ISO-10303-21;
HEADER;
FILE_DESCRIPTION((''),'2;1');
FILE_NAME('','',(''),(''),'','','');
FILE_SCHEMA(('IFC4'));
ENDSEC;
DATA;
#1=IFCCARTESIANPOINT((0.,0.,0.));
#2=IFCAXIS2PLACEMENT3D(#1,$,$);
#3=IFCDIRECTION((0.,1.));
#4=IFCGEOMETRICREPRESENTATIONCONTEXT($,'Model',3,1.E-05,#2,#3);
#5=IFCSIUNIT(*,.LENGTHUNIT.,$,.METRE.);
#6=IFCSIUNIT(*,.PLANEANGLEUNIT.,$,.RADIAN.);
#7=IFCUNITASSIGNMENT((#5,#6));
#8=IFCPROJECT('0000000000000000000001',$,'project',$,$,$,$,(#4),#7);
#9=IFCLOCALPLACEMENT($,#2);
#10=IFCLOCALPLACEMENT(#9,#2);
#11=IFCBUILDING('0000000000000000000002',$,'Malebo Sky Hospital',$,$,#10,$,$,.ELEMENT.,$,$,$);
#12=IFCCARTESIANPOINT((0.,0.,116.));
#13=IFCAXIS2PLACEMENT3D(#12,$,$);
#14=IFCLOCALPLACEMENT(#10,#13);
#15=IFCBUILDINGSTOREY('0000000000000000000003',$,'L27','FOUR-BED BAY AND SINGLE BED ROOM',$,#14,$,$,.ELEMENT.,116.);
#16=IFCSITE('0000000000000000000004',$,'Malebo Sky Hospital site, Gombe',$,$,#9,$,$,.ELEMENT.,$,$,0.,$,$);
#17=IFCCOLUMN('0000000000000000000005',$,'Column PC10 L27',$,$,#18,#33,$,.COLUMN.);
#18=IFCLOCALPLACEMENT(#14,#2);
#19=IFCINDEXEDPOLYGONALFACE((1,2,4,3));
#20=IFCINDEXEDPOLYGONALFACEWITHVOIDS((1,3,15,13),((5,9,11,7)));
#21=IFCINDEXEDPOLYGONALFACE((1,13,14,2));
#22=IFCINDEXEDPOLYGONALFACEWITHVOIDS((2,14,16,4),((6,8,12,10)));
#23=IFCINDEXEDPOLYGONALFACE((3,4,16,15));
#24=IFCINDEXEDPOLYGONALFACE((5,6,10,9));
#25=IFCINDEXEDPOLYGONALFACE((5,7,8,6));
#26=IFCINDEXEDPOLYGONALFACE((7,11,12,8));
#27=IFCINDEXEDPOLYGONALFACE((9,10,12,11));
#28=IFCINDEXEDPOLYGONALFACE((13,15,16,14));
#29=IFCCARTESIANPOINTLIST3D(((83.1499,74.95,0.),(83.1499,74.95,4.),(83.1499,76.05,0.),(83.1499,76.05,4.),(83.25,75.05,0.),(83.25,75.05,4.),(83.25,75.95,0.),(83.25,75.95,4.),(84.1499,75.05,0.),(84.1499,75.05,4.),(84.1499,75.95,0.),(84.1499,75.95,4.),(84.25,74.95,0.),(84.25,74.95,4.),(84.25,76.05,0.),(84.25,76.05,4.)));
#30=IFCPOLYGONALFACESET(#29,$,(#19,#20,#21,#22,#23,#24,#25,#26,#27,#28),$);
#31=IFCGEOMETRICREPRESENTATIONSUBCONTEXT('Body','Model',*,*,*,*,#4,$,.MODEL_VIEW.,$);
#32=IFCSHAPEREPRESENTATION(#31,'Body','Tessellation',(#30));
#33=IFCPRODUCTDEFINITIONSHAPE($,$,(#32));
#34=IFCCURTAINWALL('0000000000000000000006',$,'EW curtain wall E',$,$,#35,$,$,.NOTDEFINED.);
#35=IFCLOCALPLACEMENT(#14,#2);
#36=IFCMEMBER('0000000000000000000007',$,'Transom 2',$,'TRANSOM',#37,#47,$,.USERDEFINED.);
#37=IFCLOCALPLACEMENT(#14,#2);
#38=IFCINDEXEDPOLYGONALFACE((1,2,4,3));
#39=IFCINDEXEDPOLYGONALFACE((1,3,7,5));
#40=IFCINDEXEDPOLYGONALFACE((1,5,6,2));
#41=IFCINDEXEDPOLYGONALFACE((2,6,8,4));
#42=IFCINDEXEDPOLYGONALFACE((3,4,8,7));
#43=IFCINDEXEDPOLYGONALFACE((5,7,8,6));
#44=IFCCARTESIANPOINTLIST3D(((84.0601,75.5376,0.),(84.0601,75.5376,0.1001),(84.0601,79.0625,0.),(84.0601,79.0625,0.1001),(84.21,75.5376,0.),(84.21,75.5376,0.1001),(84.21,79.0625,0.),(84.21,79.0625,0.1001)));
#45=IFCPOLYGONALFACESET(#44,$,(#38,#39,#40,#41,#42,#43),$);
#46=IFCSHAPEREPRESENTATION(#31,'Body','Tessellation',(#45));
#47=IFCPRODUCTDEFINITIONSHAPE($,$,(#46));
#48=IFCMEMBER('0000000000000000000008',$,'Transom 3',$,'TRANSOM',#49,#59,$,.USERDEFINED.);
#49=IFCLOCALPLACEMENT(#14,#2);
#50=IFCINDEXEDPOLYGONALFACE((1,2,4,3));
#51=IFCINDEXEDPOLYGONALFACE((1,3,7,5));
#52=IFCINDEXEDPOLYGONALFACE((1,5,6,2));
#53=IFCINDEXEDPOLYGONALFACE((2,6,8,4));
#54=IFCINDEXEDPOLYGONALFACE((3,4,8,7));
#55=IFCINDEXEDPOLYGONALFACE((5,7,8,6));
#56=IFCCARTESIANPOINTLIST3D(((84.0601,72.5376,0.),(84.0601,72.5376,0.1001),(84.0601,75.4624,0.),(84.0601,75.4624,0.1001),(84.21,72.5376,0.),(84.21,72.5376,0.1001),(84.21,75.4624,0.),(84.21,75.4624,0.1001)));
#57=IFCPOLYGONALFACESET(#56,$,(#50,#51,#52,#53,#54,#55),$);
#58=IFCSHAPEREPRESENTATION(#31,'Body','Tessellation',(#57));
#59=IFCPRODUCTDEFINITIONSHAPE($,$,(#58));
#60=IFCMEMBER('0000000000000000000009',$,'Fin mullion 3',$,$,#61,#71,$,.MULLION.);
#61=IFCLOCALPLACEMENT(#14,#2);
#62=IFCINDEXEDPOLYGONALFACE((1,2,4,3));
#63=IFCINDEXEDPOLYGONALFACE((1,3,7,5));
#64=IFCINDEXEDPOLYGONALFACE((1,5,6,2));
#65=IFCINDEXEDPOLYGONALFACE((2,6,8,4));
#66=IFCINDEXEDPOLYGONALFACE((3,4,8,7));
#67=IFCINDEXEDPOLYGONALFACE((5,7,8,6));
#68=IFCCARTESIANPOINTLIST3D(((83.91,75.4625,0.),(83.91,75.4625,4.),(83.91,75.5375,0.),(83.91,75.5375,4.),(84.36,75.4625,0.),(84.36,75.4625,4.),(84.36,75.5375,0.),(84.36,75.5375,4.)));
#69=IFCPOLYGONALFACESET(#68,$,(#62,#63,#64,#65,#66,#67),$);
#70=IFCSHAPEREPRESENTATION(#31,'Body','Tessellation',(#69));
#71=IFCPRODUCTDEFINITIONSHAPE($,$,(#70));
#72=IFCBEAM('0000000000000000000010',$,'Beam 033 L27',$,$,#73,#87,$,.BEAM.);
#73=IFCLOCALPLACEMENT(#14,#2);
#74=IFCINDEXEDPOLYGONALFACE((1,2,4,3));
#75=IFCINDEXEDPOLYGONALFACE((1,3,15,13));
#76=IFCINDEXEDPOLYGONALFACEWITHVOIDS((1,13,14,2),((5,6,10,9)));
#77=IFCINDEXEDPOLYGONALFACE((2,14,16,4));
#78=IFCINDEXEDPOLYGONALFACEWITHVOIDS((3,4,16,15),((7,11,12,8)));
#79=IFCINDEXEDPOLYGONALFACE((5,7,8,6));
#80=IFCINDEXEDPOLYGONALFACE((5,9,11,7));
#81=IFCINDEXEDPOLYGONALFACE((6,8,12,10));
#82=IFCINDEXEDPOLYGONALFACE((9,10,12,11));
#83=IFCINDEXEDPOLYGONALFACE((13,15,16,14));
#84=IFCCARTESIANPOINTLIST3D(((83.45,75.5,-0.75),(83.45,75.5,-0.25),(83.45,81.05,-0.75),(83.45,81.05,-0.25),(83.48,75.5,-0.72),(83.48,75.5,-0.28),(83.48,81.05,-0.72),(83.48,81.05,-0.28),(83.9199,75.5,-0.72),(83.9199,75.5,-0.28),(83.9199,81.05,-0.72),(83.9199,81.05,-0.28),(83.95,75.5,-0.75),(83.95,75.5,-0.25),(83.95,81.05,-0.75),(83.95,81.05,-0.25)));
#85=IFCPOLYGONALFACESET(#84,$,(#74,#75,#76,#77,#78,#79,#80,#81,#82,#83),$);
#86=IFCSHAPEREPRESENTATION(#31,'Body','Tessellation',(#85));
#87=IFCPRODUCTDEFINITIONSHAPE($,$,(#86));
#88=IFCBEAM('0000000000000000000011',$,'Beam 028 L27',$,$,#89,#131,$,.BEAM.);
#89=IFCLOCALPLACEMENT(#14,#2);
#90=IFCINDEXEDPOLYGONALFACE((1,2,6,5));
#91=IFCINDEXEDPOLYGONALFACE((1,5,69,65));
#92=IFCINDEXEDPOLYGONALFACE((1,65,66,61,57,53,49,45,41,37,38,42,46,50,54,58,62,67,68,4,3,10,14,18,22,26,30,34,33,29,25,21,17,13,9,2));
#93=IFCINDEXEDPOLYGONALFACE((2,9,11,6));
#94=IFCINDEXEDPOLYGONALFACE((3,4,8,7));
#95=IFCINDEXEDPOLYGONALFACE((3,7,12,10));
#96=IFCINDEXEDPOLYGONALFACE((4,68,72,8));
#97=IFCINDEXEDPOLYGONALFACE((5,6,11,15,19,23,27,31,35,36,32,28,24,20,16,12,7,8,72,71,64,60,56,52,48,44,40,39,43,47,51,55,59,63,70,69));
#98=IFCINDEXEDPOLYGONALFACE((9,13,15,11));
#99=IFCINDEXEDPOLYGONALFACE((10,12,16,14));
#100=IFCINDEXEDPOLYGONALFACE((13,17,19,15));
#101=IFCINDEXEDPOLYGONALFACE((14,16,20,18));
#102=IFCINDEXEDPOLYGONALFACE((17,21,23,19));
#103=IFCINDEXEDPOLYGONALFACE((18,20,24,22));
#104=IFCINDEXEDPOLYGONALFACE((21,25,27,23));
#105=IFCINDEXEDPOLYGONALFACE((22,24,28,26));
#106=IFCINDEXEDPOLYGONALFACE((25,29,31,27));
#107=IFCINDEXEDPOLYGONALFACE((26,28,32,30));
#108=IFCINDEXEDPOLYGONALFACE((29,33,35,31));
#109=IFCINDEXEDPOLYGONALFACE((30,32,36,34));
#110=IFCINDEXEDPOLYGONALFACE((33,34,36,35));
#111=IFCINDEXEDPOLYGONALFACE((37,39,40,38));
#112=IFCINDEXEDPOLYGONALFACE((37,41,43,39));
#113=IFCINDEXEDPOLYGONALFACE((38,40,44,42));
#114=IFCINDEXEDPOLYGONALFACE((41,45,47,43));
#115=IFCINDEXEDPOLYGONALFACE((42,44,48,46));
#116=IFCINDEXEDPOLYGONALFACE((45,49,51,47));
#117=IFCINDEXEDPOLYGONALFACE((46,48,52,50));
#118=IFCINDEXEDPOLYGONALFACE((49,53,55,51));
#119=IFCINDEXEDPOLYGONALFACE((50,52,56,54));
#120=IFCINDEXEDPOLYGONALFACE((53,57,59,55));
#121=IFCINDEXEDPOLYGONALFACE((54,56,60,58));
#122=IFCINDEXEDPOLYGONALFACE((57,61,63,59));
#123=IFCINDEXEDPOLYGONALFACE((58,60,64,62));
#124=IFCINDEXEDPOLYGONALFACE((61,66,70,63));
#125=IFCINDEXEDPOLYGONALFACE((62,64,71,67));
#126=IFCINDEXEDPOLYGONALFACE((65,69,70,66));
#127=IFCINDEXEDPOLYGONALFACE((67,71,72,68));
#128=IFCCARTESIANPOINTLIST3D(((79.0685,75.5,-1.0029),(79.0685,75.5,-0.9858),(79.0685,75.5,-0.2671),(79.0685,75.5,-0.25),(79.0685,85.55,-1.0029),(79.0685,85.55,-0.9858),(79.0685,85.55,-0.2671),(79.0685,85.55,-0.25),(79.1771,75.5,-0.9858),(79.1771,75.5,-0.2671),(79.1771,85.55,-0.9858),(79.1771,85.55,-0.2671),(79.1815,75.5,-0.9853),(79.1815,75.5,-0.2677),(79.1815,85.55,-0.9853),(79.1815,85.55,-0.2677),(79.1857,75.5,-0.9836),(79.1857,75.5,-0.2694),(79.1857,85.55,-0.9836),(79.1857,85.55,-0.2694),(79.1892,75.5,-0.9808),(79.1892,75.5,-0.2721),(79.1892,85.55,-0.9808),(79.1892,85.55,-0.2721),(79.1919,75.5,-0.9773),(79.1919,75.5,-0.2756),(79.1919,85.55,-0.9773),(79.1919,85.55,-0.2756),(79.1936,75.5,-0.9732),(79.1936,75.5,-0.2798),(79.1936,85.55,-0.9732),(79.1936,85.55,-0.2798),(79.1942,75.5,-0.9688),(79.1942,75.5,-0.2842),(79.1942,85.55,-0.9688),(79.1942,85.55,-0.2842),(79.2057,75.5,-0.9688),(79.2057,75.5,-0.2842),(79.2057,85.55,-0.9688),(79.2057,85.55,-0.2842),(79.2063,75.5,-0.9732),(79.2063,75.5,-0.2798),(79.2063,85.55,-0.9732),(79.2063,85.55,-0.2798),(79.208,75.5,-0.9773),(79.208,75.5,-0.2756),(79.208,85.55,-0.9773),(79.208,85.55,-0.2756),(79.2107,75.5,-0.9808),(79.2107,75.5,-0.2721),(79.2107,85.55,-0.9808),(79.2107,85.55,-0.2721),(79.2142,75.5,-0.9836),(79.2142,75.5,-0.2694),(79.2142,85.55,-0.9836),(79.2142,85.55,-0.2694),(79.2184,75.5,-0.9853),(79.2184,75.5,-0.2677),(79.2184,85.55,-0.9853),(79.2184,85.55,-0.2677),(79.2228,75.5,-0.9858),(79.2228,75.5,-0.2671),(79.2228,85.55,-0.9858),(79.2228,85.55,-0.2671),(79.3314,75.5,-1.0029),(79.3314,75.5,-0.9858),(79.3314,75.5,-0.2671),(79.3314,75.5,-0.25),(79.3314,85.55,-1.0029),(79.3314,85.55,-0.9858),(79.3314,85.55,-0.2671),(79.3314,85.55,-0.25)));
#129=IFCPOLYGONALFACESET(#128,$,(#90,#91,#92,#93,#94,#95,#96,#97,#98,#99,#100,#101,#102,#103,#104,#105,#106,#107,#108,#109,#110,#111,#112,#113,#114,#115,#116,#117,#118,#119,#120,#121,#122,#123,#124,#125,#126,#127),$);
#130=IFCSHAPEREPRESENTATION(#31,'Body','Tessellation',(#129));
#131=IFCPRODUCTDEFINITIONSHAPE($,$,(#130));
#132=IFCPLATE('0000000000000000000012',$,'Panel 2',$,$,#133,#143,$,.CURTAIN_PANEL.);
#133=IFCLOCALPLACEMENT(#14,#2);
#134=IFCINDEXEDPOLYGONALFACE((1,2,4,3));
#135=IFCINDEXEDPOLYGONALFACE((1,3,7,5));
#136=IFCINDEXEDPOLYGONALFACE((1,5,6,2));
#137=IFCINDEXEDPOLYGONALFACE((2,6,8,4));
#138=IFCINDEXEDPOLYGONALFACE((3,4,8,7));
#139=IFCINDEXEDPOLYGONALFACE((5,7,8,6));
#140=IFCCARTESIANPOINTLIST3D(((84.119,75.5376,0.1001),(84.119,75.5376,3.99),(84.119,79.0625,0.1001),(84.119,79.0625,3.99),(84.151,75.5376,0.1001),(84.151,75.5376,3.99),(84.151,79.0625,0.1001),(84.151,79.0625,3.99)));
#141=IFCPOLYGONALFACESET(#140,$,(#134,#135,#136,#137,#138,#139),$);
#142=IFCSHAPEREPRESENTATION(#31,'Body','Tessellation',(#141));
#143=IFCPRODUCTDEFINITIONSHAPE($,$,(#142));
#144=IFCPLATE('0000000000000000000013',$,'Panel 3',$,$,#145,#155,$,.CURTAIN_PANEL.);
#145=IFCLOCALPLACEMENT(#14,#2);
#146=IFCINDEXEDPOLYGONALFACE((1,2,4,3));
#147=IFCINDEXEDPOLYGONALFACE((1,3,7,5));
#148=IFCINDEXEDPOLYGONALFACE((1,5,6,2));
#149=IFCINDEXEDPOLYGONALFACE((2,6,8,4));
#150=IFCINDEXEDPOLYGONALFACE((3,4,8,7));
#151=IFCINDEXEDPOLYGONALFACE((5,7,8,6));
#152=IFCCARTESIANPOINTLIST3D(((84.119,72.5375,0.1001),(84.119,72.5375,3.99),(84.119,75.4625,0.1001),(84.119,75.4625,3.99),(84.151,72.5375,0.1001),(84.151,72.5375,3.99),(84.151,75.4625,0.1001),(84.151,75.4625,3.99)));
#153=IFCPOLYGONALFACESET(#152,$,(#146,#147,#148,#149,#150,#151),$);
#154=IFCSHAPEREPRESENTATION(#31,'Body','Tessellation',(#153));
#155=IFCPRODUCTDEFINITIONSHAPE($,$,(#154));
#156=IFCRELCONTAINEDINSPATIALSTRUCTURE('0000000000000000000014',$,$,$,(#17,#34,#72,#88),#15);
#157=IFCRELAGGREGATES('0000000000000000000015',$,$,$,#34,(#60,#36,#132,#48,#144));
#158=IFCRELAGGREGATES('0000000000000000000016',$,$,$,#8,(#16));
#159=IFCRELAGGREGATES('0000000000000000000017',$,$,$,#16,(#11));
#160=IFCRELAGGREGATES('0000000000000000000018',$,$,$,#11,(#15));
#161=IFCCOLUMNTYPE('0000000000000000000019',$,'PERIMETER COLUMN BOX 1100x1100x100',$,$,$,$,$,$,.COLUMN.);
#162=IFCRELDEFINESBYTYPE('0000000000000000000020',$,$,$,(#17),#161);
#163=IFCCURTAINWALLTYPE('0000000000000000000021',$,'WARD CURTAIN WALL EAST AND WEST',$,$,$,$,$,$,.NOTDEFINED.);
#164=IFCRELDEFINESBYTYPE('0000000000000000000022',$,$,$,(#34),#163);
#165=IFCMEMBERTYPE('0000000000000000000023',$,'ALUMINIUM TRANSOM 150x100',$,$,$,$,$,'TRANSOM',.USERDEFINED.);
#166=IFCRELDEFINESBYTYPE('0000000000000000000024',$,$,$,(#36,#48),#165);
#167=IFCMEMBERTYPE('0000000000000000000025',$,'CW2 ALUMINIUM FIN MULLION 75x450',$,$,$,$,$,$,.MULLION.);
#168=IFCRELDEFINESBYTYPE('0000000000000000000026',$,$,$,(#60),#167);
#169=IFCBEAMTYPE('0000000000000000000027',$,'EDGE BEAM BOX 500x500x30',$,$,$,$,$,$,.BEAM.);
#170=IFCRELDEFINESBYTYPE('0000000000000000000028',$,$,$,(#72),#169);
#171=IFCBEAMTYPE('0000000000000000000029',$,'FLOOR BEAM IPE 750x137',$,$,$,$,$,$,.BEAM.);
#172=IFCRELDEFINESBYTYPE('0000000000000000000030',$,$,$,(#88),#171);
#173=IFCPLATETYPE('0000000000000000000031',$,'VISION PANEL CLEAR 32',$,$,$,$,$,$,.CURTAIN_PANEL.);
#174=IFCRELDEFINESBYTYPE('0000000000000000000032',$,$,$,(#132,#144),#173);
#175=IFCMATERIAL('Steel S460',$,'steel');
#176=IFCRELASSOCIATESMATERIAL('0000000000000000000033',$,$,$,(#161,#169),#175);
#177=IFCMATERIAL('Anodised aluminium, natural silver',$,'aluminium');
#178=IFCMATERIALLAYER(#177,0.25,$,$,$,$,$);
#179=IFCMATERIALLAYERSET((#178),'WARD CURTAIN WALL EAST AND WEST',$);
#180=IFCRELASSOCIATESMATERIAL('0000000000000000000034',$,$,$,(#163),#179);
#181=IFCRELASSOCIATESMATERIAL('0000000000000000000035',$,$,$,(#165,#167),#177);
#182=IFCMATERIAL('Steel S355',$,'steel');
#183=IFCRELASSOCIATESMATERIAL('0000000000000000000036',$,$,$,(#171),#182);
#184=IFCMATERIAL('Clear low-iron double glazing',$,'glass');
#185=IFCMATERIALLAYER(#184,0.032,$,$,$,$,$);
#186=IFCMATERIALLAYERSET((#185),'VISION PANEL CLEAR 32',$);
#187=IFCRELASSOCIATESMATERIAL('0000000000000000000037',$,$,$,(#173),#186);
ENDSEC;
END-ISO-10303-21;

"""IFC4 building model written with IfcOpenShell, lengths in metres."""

from ifc_helpers import new_model, si_unit, direction, frame, origin, origin_2d, place, context, subcontext, project, spatial, rectangle, hollow_rectangle, i_section, extrude, material, layer, layer_set, material_profile, profile_set, type_object, element, aggregate, save


model = new_model("IFC4")

# Units and contexts
model_context = context("Model", 3, precision=1e-05, world=origin(), true_north=direction((0.0, 1.0)))
body_context = subcontext(model_context, "Body", "Model", "MODEL_VIEW")
ifc_project = project(units=[si_unit("LENGTHUNIT", "METRE"), si_unit("PLANEANGLEUNIT", "RADIAN")], contexts=[model_context])

# Site, building, storey
site_placement = place(None, origin())
site = spatial("IfcSite", under=ifc_project, at=site_placement, Name="Malebo Sky Hospital site, Gombe", CompositionType="ELEMENT", RefElevation=0.0)
building_placement = place(site_placement, origin())
building = spatial("IfcBuilding", under=site, at=building_placement, Name="Malebo Sky Hospital", CompositionType="ELEMENT")
storey_placement = place(building_placement, frame((0.0, 0.0, 116.0)))
storey = spatial("IfcBuildingStorey", under=building, at=storey_placement, Name="L27", Description="FOUR-BED BAY AND SINGLE BED ROOM", CompositionType="ELEMENT", Elevation=116.0)

# Column
ifc_material_1 = material(Name="Steel S460", Category="steel")
ifc_material_profile_1 = material_profile(ifc_material_1, hollow_rectangle(XDim=1.1001, YDim=1.1001, WallThickness=0.1001, at=origin_2d()), Name="BOX 1100x1100x100")
ifc_profile_set_1 = profile_set([ifc_material_profile_1], Name="Steel S460")
column_type = type_object("IfcColumnType", Name="PERIMETER COLUMN BOX 1100x1100x100", PredefinedType="COLUMN", material=ifc_profile_set_1)
column_placement = place(storey_placement, frame((83.7, 75.5, 0.0), z_axis=(0.0, 0.0, 1.0), x_axis=(1.0, 0.0, 0.0)))
element("IfcColumn", 1, at=column_placement, inside=storey, type_object=column_type, Name="Column PC10 L27", PredefinedType="COLUMN", context=body_context, shape_type="SweptSolid", body=[
    extrude(hollow_rectangle(XDim=1.1001, YDim=1.1001, WallThickness=0.1001, at=origin_2d()), origin(), (0.0, 0.0, 1.0), 4.0),
])

# Curtain wall, members
ifc_material_2 = material(Name="Anodised aluminium, natural silver", Category="aluminium")
ifc_layer_1 = layer(ifc_material_2, 0.25)
ifc_layer_set_1 = layer_set([ifc_layer_1], Name="WARD CURTAIN WALL EAST AND WEST")
curtain_wall_type = type_object("IfcCurtainWallType", Name="WARD CURTAIN WALL EAST AND WEST", PredefinedType="NOTDEFINED", material=ifc_layer_set_1)
curtain_wall_placement = place(storey_placement, origin())
curtain_wall = element("IfcCurtainWall", 2, at=curtain_wall_placement, inside=storey, type_object=curtain_wall_type, Name="EW curtain wall E", PredefinedType="NOTDEFINED")
ifc_material_profile_2 = material_profile(ifc_material_2, rectangle(XDim=0.1499, YDim=0.1001, at=origin_2d()), Name="ALUMINIUM TRANSOM 150x100")
ifc_profile_set_2 = profile_set([ifc_material_profile_2], Name="Anodised aluminium, natural silver")
member_type_1 = type_object("IfcMemberType", Name="ALUMINIUM TRANSOM 150x100", ElementType="TRANSOM", PredefinedType="USERDEFINED", material=ifc_profile_set_2)
member_1_placement = place(storey_placement, frame((84.135, 79.0625, 0.05), z_axis=(0.0, -1.0, 0.0), x_axis=(1.0, 0.0, 0.0)))
member_1 = element("IfcMember", 3, at=member_1_placement, type_object=member_type_1, Name="Transom 2", ObjectType="TRANSOM", PredefinedType="USERDEFINED", context=body_context, shape_type="SweptSolid", body=[
    extrude(rectangle(XDim=0.1499, YDim=0.1001, at=origin_2d()), origin(), (0.0, 0.0, 1.0), 3.5249),
])
member_2_placement = place(storey_placement, frame((84.135, 75.4624, 0.05), z_axis=(0.0, -1.0, 0.0), x_axis=(1.0, 0.0, 0.0)))
member_2 = element("IfcMember", 4, at=member_2_placement, type_object=member_type_1, Name="Transom 3", ObjectType="TRANSOM", PredefinedType="USERDEFINED", context=body_context, shape_type="SweptSolid", body=[
    extrude(rectangle(XDim=0.1499, YDim=0.1001, at=origin_2d()), origin(), (0.0, 0.0, 1.0), 2.9248),
])
ifc_material_profile_3 = material_profile(ifc_material_2, rectangle(XDim=0.075, YDim=0.45, at=origin_2d()), Name="CW2 ALUMINIUM FIN MULLION 75x450")
ifc_profile_set_3 = profile_set([ifc_material_profile_3], Name="Anodised aluminium, natural silver")
member_type_2 = type_object("IfcMemberType", Name="CW2 ALUMINIUM FIN MULLION 75x450", PredefinedType="MULLION", material=ifc_profile_set_3)
member_3_placement = place(storey_placement, frame((84.135, 75.5, 0.0), z_axis=(0.0, 0.0, 1.0), x_axis=(0.0, -1.0, 0.0)))
member_3 = element("IfcMember", 5, at=member_3_placement, type_object=member_type_2, Name="Fin mullion 3", PredefinedType="MULLION", context=body_context, shape_type="SweptSolid", body=[
    extrude(rectangle(XDim=0.075, YDim=0.45, at=origin_2d()), origin(), (0.0, 0.0, 1.0), 4.0),
])

# Beams
ifc_material_profile_4 = material_profile(ifc_material_1, hollow_rectangle(XDim=0.5, YDim=0.5, WallThickness=0.03, at=origin_2d()), Name="BOX 500x500x30")
ifc_profile_set_4 = profile_set([ifc_material_profile_4], Name="Steel S460")
beam_type_1 = type_object("IfcBeamType", Name="EDGE BEAM BOX 500x500x30", PredefinedType="BEAM", material=ifc_profile_set_4)
beam_1_placement = place(storey_placement, frame((83.7, 75.5, -0.5), z_axis=(0.0, 1.0, 0.0), x_axis=(-1.0, 0.0, 0.0)))
element("IfcBeam", 6, at=beam_1_placement, inside=storey, type_object=beam_type_1, Name="Beam 033 L27", PredefinedType="BEAM", context=body_context, shape_type="SweptSolid", body=[
    extrude(hollow_rectangle(XDim=0.5, YDim=0.5, WallThickness=0.03, at=origin_2d()), origin(), (0.0, 0.0, 1.0), 5.55),
])
ifc_material_3 = material(Name="Steel S355", Category="steel")
ifc_material_profile_5 = material_profile(ifc_material_3, i_section(OverallWidth=0.2629, OverallDepth=0.7529, WebThickness=0.0115, FlangeThickness=0.0171, FilletRadius=0.0171, at=origin_2d()), Name="IPE 750x137")
ifc_profile_set_5 = profile_set([ifc_material_profile_5], Name="Steel S355")
beam_type_2 = type_object("IfcBeamType", Name="FLOOR BEAM IPE 750x137", PredefinedType="BEAM", material=ifc_profile_set_5)
beam_2_placement = place(storey_placement, frame((79.2, 75.5, -0.6265), z_axis=(0.0, 1.0, 0.0), x_axis=(-1.0, 0.0, 0.0)))
element("IfcBeam", 7, at=beam_2_placement, inside=storey, type_object=beam_type_2, Name="Beam 028 L27", PredefinedType="BEAM", context=body_context, shape_type="SweptSolid", body=[
    extrude(i_section(OverallWidth=0.2629, OverallDepth=0.7529, WebThickness=0.0115, FlangeThickness=0.0171, FilletRadius=0.0171, at=origin_2d()), origin(), (0.0, 0.0, 1.0), 10.05),
])

# Plates
ifc_material_4 = material(Name="Clear low-iron double glazing", Category="glass")
ifc_layer_2 = layer(ifc_material_4, 0.032)
ifc_layer_set_2 = layer_set([ifc_layer_2], Name="VISION PANEL CLEAR 32")
plate_type = type_object("IfcPlateType", Name="VISION PANEL CLEAR 32", PredefinedType="CURTAIN_PANEL", material=ifc_layer_set_2)
plate_1_placement = place(storey_placement, frame((84.135, 77.3, 0.1001), z_axis=(0.0, 0.0, 1.0), x_axis=(0.0, -1.0, 0.0)))
plate_1 = element("IfcPlate", 8, at=plate_1_placement, type_object=plate_type, Name="Panel 2", PredefinedType="CURTAIN_PANEL", context=body_context, shape_type="SweptSolid", body=[
    extrude(rectangle(XDim=3.5249, YDim=0.032, at=origin_2d()), origin(), (0.0, 0.0, 1.0), 3.8899),
])
plate_2_placement = place(storey_placement, frame((84.135, 74.0, 0.1001), z_axis=(0.0, 0.0, 1.0), x_axis=(0.0, -1.0, 0.0)))
plate_2 = element("IfcPlate", 9, at=plate_2_placement, type_object=plate_type, Name="Panel 3", PredefinedType="CURTAIN_PANEL", context=body_context, shape_type="SweptSolid", body=[
    extrude(rectangle(XDim=2.925, YDim=0.032, at=origin_2d()), origin(), (0.0, 0.0, 1.0), 3.8899),
])
aggregate(curtain_wall, [member_3, member_1, plate_1, member_2, plate_2])

save(model, "model.ifc")
